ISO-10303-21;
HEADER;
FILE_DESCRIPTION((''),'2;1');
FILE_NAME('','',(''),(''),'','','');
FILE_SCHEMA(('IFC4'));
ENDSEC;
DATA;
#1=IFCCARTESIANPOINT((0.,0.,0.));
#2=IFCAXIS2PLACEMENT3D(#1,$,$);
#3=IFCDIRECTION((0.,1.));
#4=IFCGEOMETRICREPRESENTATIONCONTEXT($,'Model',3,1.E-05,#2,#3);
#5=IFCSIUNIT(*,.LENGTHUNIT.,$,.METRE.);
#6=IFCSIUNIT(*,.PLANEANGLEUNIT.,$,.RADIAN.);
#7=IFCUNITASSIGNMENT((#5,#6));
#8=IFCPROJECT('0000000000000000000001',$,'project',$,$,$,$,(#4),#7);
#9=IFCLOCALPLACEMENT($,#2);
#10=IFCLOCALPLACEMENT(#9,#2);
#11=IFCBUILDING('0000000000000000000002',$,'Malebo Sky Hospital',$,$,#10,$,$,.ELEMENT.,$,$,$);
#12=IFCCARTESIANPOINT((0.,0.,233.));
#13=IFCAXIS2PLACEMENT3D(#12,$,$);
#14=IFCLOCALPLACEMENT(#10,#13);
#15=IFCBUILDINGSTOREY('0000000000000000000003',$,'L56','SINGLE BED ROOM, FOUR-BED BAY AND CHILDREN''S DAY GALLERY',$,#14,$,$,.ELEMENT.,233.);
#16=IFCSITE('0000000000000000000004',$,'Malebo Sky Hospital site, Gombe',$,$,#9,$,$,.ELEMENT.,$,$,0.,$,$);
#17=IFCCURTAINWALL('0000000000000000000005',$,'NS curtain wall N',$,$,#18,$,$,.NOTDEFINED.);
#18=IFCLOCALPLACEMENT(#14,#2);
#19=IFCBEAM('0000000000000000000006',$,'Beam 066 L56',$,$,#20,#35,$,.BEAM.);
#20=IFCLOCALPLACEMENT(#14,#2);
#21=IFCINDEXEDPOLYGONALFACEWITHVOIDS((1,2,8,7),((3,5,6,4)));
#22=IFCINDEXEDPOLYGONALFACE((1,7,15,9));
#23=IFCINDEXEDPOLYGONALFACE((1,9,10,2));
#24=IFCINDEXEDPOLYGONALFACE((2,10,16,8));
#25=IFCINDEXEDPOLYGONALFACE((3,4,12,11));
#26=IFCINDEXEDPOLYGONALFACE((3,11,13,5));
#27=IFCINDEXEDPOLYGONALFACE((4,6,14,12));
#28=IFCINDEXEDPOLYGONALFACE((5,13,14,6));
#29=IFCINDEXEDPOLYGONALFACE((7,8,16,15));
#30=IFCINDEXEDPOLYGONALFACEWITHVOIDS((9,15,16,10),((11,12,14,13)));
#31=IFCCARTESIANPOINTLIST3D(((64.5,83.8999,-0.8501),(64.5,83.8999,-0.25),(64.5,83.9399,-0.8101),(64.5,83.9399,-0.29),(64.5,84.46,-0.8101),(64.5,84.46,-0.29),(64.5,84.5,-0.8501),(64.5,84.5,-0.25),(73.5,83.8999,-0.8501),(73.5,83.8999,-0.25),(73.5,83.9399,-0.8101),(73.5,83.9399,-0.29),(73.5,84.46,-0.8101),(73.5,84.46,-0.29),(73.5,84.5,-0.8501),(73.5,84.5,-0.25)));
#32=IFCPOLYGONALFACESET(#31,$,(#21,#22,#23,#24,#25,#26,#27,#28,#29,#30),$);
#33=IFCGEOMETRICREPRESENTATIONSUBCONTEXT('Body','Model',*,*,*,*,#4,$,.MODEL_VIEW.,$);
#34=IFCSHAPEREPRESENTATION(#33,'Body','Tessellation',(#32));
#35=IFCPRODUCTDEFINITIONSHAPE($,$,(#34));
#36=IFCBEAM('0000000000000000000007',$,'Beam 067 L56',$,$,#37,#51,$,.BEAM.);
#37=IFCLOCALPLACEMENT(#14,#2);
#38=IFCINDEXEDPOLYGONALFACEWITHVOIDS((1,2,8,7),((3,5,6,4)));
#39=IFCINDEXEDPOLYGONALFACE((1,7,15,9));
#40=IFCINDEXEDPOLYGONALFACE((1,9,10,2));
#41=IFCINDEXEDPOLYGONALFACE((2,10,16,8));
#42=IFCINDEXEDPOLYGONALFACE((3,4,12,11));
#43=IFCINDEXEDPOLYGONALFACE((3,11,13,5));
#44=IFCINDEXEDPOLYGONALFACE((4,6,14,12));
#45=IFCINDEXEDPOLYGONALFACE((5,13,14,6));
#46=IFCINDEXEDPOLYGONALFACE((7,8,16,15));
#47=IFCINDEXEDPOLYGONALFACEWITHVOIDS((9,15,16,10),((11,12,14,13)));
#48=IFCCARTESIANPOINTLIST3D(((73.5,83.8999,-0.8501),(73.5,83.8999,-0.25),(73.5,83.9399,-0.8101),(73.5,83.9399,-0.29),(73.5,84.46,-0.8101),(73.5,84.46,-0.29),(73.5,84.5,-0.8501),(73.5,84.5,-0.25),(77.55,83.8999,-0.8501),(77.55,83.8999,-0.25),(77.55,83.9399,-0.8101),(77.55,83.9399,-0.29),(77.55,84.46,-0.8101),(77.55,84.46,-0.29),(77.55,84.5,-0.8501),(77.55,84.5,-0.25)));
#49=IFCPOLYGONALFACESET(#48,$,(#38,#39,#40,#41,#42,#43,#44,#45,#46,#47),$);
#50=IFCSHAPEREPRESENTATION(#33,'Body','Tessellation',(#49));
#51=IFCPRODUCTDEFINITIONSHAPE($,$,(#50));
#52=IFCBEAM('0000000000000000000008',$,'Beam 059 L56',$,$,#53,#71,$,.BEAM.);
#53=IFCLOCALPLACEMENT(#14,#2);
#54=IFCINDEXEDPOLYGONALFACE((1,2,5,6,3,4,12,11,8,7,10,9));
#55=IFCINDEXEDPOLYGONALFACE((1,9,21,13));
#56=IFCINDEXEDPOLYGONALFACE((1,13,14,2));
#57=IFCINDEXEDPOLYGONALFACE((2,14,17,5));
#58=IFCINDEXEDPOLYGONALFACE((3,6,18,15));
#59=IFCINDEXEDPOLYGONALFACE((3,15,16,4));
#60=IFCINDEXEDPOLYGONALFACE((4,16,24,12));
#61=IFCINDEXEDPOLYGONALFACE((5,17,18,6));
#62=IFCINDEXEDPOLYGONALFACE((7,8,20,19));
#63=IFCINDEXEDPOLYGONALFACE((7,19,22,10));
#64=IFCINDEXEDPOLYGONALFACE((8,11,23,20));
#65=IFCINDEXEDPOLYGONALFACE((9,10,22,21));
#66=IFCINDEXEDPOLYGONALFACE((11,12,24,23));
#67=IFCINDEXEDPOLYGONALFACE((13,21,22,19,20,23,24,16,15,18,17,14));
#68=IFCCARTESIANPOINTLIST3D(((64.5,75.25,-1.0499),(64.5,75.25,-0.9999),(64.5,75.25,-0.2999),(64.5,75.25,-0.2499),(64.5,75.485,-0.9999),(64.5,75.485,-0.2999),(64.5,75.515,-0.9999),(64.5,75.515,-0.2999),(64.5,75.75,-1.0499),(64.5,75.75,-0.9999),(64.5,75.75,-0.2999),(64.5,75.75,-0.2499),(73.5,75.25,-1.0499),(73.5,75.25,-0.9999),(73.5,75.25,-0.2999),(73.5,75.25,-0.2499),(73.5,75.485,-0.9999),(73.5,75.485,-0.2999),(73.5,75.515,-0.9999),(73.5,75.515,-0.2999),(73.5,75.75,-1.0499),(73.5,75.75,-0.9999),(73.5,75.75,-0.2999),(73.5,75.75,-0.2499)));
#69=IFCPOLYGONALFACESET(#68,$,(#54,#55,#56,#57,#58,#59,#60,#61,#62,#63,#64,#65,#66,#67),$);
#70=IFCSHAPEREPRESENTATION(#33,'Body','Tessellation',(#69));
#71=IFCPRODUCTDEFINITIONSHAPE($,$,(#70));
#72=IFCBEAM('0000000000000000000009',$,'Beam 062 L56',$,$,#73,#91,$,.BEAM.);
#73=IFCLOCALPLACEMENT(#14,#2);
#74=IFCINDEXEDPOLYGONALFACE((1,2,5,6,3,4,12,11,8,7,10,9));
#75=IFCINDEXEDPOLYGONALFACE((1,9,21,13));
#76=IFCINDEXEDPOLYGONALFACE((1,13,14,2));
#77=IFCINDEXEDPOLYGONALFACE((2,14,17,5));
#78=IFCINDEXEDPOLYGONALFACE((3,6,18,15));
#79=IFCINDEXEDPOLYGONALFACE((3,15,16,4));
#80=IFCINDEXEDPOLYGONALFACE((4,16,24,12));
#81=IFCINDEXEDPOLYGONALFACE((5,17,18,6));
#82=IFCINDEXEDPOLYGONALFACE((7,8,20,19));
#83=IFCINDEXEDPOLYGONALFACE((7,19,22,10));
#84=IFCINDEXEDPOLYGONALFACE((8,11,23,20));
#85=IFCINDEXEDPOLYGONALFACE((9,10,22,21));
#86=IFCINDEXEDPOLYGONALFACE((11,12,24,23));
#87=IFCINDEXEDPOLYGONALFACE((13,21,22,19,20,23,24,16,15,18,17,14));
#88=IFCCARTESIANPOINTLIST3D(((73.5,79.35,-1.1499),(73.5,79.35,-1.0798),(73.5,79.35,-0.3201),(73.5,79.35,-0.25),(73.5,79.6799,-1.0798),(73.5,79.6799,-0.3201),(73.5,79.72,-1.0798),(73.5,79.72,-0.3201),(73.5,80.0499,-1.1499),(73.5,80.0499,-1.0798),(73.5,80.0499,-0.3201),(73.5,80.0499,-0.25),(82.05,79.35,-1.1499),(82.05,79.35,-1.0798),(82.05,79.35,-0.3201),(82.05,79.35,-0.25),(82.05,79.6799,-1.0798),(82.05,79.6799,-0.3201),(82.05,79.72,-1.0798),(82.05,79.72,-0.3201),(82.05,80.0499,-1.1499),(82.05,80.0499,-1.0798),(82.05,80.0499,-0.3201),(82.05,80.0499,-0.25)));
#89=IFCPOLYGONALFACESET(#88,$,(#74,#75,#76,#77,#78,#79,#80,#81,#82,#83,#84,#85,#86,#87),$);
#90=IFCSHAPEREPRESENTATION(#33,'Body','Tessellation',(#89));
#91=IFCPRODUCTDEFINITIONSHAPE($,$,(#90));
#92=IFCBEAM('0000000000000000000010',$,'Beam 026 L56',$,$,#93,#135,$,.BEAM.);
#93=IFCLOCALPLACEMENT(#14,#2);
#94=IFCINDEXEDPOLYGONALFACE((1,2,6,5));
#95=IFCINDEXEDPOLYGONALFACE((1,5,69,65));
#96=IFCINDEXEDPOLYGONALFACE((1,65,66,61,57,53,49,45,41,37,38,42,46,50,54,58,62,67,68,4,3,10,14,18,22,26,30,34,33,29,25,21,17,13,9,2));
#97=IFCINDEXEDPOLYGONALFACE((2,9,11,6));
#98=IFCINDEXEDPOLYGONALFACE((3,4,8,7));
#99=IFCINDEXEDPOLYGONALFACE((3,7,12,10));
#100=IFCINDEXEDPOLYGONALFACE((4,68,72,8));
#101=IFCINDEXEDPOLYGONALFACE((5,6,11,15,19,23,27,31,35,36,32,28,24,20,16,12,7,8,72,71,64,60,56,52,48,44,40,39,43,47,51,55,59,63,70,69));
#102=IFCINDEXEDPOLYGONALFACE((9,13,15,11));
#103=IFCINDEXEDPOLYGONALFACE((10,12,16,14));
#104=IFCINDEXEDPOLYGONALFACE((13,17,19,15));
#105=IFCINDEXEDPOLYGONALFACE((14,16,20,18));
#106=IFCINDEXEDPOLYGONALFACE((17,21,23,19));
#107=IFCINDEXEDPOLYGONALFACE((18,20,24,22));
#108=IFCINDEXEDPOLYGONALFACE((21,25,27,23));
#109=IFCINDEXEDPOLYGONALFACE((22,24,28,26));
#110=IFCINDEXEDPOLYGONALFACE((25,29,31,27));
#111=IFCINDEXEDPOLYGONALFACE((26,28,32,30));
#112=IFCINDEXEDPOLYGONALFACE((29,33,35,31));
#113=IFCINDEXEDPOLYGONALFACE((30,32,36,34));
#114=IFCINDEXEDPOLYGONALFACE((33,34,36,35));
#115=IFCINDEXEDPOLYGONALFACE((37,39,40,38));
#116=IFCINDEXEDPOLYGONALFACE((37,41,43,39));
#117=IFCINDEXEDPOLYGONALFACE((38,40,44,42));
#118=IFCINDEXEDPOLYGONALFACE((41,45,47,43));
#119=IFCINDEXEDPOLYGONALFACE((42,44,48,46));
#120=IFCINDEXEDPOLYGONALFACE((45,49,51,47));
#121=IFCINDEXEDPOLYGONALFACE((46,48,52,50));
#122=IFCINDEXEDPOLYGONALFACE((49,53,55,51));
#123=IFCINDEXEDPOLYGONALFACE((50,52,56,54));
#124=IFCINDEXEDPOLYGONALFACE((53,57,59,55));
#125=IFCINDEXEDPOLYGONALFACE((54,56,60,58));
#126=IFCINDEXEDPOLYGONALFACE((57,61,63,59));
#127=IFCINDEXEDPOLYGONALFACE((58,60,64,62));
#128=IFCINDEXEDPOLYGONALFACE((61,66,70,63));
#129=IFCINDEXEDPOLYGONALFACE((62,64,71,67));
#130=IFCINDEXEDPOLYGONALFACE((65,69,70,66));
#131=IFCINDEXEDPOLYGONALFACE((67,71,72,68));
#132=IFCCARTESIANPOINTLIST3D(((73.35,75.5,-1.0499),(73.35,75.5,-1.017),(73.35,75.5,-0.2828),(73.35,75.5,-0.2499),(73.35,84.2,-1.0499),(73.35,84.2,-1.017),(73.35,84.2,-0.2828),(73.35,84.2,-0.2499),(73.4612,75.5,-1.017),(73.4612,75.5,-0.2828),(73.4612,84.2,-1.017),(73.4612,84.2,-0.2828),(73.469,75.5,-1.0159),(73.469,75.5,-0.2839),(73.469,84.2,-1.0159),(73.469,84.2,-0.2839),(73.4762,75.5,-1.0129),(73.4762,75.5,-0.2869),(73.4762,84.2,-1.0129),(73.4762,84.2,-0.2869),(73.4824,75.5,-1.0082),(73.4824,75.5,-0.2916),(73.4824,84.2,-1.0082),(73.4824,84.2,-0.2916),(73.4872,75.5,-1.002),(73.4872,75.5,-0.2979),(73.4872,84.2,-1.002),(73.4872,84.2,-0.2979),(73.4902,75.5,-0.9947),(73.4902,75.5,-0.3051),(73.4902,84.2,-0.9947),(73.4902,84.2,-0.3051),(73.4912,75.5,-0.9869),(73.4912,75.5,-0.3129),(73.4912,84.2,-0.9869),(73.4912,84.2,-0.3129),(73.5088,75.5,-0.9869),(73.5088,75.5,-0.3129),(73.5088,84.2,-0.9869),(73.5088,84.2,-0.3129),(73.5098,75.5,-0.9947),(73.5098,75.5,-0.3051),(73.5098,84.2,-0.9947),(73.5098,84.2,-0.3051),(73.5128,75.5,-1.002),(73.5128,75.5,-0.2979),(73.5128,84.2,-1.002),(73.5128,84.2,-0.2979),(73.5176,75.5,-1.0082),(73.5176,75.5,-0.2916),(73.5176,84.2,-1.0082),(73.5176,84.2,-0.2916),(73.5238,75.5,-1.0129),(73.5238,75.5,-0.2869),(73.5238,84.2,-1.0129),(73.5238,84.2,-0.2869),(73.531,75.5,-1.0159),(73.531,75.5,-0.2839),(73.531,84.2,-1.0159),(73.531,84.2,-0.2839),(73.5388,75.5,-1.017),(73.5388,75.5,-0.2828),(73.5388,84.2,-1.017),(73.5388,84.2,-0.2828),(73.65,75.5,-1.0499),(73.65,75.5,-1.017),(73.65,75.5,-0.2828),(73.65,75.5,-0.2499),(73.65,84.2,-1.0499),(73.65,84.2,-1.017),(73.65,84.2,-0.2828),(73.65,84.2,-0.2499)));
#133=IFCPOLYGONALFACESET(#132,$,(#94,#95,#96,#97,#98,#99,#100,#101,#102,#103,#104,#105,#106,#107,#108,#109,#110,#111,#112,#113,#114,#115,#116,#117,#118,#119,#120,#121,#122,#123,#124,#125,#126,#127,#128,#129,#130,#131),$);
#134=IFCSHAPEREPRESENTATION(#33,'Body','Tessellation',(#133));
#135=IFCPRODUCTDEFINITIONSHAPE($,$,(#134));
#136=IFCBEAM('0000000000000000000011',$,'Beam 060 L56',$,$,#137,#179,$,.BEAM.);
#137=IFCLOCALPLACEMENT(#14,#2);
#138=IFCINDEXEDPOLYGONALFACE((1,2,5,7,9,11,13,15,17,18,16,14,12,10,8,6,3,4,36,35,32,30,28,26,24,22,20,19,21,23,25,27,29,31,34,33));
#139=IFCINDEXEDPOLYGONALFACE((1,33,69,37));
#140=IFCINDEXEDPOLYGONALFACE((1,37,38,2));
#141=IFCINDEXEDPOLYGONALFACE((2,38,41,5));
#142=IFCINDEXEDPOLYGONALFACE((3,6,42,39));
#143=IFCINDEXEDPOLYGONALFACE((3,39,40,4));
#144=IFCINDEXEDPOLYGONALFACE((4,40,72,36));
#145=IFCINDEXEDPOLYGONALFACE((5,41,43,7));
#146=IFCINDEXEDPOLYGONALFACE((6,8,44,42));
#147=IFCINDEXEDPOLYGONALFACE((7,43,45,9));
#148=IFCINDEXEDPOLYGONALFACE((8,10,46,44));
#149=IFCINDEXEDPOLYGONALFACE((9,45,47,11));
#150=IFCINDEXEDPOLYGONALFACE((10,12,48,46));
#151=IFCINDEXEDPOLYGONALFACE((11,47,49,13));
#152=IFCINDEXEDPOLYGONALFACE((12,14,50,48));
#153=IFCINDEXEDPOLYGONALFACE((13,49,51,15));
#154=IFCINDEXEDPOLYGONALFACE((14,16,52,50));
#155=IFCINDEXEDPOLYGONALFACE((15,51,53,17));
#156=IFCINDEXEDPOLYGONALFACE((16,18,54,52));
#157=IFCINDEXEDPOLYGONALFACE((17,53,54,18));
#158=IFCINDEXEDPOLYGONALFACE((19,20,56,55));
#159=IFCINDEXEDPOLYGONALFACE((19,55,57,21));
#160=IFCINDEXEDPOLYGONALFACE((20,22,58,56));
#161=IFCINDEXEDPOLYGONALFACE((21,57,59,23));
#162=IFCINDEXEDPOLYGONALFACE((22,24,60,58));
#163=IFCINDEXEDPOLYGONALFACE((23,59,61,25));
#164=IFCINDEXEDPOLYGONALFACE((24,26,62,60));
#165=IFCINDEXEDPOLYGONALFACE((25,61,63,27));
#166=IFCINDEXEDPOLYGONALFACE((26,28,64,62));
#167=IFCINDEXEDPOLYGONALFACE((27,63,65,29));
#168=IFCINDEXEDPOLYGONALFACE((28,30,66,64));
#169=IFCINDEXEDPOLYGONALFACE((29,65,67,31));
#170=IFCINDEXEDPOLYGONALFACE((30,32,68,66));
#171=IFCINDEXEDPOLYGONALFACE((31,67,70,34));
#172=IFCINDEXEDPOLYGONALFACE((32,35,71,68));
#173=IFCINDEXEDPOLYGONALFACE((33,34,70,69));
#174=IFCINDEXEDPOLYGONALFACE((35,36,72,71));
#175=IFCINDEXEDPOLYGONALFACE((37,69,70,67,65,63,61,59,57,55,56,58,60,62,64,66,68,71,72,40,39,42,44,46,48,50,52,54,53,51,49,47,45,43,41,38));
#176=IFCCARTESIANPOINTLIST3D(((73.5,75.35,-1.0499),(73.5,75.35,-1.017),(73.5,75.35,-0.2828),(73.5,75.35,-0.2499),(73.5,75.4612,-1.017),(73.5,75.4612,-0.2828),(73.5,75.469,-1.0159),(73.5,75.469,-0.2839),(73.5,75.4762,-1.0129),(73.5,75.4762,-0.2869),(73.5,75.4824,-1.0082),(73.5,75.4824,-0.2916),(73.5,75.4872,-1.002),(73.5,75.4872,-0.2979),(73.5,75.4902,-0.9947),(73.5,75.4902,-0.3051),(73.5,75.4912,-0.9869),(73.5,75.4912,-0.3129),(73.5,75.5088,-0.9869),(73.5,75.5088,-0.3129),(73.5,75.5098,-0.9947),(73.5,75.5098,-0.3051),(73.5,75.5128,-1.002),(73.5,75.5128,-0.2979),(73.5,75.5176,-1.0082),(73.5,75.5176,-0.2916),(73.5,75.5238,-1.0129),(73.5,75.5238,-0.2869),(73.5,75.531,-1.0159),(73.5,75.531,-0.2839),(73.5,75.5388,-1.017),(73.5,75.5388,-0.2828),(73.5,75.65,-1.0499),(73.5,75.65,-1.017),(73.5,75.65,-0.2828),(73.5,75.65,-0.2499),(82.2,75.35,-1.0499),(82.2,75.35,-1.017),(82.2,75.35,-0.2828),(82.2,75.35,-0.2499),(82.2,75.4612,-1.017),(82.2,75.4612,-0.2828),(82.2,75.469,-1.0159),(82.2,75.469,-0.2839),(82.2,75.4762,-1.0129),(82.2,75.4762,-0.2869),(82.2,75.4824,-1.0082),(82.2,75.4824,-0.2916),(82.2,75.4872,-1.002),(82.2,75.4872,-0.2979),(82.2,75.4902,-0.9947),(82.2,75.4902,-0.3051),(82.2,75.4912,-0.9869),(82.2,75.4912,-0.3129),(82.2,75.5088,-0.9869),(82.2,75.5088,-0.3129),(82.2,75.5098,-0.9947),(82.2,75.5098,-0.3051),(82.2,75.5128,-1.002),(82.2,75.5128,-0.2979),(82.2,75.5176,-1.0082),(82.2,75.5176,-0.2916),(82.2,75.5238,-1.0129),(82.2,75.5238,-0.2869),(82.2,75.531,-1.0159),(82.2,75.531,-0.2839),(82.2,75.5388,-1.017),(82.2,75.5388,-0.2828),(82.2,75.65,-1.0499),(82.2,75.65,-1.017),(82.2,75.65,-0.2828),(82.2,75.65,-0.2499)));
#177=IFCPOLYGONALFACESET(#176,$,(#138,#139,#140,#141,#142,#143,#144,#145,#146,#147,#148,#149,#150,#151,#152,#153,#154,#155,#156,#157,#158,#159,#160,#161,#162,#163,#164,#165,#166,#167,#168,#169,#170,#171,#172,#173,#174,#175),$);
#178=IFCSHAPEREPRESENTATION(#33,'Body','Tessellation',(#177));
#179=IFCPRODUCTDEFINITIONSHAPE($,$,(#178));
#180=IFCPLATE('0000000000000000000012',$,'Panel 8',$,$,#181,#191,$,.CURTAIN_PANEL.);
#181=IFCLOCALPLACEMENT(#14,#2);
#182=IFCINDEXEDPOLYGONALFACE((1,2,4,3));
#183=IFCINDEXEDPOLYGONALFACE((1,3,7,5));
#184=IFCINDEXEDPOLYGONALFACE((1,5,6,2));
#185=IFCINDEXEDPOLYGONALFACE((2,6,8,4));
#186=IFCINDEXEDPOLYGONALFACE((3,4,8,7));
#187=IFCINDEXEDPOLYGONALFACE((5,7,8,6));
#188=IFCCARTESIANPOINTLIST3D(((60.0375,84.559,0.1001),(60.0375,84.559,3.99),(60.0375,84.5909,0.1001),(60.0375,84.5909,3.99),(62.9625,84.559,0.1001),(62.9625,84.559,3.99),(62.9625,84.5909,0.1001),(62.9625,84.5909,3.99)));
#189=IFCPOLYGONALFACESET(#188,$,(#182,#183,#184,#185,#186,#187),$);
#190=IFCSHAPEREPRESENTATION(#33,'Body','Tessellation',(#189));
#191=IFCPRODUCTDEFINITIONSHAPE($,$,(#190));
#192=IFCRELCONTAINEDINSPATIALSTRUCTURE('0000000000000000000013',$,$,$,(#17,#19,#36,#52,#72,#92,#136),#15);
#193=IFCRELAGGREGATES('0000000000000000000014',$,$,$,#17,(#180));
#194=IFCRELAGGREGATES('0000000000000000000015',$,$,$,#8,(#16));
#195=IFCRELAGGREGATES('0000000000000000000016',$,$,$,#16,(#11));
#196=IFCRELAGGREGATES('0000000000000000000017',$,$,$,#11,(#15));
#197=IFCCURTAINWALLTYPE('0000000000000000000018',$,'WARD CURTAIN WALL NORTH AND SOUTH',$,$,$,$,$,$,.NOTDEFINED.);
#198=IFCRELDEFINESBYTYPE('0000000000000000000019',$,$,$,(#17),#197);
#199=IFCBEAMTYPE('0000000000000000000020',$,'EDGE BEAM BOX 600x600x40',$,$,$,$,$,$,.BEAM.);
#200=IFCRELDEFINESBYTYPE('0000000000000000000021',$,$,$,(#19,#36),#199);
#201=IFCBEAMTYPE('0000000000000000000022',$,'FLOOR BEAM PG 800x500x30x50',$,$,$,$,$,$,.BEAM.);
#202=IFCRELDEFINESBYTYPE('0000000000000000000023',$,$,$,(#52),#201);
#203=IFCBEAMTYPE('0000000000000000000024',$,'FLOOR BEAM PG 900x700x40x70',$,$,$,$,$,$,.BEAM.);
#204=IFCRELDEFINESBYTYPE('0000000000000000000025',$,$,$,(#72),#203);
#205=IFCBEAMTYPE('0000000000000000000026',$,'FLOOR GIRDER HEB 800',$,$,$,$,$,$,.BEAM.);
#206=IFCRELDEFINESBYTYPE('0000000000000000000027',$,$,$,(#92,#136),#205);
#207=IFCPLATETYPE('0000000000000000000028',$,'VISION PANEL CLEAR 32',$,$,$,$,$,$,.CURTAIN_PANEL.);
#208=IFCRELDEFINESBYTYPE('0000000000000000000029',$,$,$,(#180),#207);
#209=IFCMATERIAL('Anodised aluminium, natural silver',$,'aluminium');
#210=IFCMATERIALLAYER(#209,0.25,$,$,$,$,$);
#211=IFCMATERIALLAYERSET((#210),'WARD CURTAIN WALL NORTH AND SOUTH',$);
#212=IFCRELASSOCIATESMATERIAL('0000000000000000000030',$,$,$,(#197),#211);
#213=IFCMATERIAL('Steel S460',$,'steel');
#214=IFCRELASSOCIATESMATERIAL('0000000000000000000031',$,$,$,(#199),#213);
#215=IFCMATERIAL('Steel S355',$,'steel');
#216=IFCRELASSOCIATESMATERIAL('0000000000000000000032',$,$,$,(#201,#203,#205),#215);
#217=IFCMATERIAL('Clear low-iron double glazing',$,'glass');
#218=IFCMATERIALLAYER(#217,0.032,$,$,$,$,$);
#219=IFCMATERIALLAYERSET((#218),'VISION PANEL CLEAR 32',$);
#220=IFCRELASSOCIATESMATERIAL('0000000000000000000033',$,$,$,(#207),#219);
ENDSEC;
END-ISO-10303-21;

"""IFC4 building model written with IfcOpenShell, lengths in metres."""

from ifc_helpers import new_model, si_unit, direction, frame, origin, origin_2d, place, context, subcontext, project, spatial, rectangle, hollow_rectangle, i_section, extrude, material, layer, layer_set, material_profile, profile_set, type_object, element, aggregate, save


model = new_model("IFC4")

# Units and contexts
model_context = context("Model", 3, precision=1e-05, world=origin(), true_north=direction((0.0, 1.0)))
body_context = subcontext(model_context, "Body", "Model", "MODEL_VIEW")
ifc_project = project(units=[si_unit("LENGTHUNIT", "METRE"), si_unit("PLANEANGLEUNIT", "RADIAN")], contexts=[model_context])

# Site, building, storey
site_placement = place(None, origin())
site = spatial("IfcSite", under=ifc_project, at=site_placement, Name="Malebo Sky Hospital site, Gombe", CompositionType="ELEMENT", RefElevation=0.0)
building_placement = place(site_placement, origin())
building = spatial("IfcBuilding", under=site, at=building_placement, Name="Malebo Sky Hospital", CompositionType="ELEMENT")
storey_placement = place(building_placement, frame((0.0, 0.0, 233.0)))
storey = spatial("IfcBuildingStorey", under=building, at=storey_placement, Name="L56", Description="SINGLE BED ROOM, FOUR-BED BAY AND CHILDREN'S DAY GALLERY", CompositionType="ELEMENT", Elevation=233.0)

# Shared definitions
ifc_material_1 = material(Name="Steel S460", Category="steel")

# Curtain wall
ifc_material_2 = material(Name="Anodised aluminium, natural silver", Category="aluminium")
ifc_layer_1 = layer(ifc_material_2, 0.25)
ifc_layer_set_1 = layer_set([ifc_layer_1], Name="WARD CURTAIN WALL NORTH AND SOUTH")
curtain_wall_type = type_object("IfcCurtainWallType", Name="WARD CURTAIN WALL NORTH AND SOUTH", PredefinedType="NOTDEFINED", material=ifc_layer_set_1)
curtain_wall_placement = place(storey_placement, origin())
curtain_wall = element("IfcCurtainWall", 1, at=curtain_wall_placement, inside=storey, type_object=curtain_wall_type, Name="NS curtain wall N", PredefinedType="NOTDEFINED")

# Shared definitions
ifc_material_3 = material(Name="Steel S355", Category="steel")

# Beams
ifc_material_profile_1 = material_profile(ifc_material_1, hollow_rectangle(XDim=0.6001, YDim=0.6001, WallThickness=0.04, at=origin_2d()), Name="BOX 600x600x40")
ifc_profile_set_1 = profile_set([ifc_material_profile_1], Name="Steel S460")
beam_type_1 = type_object("IfcBeamType", Name="EDGE BEAM BOX 600x600x40", PredefinedType="BEAM", material=ifc_profile_set_1)
beam_1_placement = place(storey_placement, frame((64.5, 84.2, -0.55), z_axis=(1.0, 0.0, 0.0), x_axis=(0.0, 1.0, 0.0)))
element("IfcBeam", 2, at=beam_1_placement, inside=storey, type_object=beam_type_1, Name="Beam 066 L56", PredefinedType="BEAM", context=body_context, shape_type="SweptSolid", body=[
    extrude(hollow_rectangle(XDim=0.6001, YDim=0.6001, WallThickness=0.04, at=origin_2d()), origin(), (0.0, 0.0, 1.0), 9.0),
])
beam_2_placement = place(storey_placement, frame((73.5, 84.2, -0.55), z_axis=(1.0, 0.0, 0.0), x_axis=(0.0, 1.0, 0.0)))
element("IfcBeam", 3, at=beam_2_placement, inside=storey, type_object=beam_type_1, Name="Beam 067 L56", PredefinedType="BEAM", context=body_context, shape_type="SweptSolid", body=[
    extrude(hollow_rectangle(XDim=0.6001, YDim=0.6001, WallThickness=0.04, at=origin_2d()), origin(), (0.0, 0.0, 1.0), 4.05),
])
ifc_material_profile_2 = material_profile(ifc_material_3, i_section(OverallWidth=0.5, OverallDepth=0.8, WebThickness=0.03, FlangeThickness=0.05, at=origin_2d()), Name="PG 800x500x30x50")
ifc_profile_set_2 = profile_set([ifc_material_profile_2], Name="Steel S355")
beam_type_2 = type_object("IfcBeamType", Name="FLOOR BEAM PG 800x500x30x50", PredefinedType="BEAM", material=ifc_profile_set_2)
beam_3_placement = place(storey_placement, frame((64.5, 75.5, -0.6499), z_axis=(1.0, 0.0, 0.0), x_axis=(0.0, 1.0, 0.0)))
element("IfcBeam", 4, at=beam_3_placement, inside=storey, type_object=beam_type_2, Name="Beam 059 L56", PredefinedType="BEAM", context=body_context, shape_type="SweptSolid", body=[
    extrude(i_section(OverallWidth=0.5, OverallDepth=0.8, WebThickness=0.03, FlangeThickness=0.05, at=origin_2d()), origin(), (0.0, 0.0, 1.0), 9.0),
])
ifc_material_profile_3 = material_profile(ifc_material_3, i_section(OverallWidth=0.7, OverallDepth=0.8999, WebThickness=0.04, FlangeThickness=0.0701, at=origin_2d()), Name="PG 900x700x40x70")
ifc_profile_set_3 = profile_set([ifc_material_profile_3], Name="Steel S355")
beam_type_3 = type_object("IfcBeamType", Name="FLOOR BEAM PG 900x700x40x70", PredefinedType="BEAM", material=ifc_profile_set_3)
beam_4_placement = place(storey_placement, frame((73.5, 79.7, -0.7), z_axis=(1.0, 0.0, 0.0), x_axis=(0.0, 1.0, 0.0)))
element("IfcBeam", 5, at=beam_4_placement, inside=storey, type_object=beam_type_3, Name="Beam 062 L56", PredefinedType="BEAM", context=body_context, shape_type="SweptSolid", body=[
    extrude(i_section(OverallWidth=0.7, OverallDepth=0.8999, WebThickness=0.04, FlangeThickness=0.0701, at=origin_2d()), origin(), (0.0, 0.0, 1.0), 8.55),
])
ifc_material_profile_4 = material_profile(ifc_material_3, i_section(OverallWidth=0.3, OverallDepth=0.8, WebThickness=0.0176, FlangeThickness=0.033, FilletRadius=0.03, at=origin_2d()), Name="HEB 800")
ifc_profile_set_4 = profile_set([ifc_material_profile_4], Name="Steel S355")
beam_type_4 = type_object("IfcBeamType", Name="FLOOR GIRDER HEB 800", PredefinedType="BEAM", material=ifc_profile_set_4)
for number, where, z_axis, x_axis, name in (
    (6, (73.5, 75.5, -0.6499), (0.0, 1.0, 0.0), (-1.0, 0.0, 0.0), "Beam 026 L56"),
    (7, (73.5, 75.5, -0.6499), (1.0, 0.0, 0.0), (0.0, 1.0, 0.0), "Beam 060 L56"),
):
    element("IfcBeam", number, at=place(storey_placement, frame(where, z_axis=z_axis, x_axis=x_axis)), inside=storey, type_object=beam_type_4, Name=name, PredefinedType="BEAM", context=body_context, shape_type="SweptSolid", body=[
        extrude(i_section(OverallWidth=0.3, OverallDepth=0.8, WebThickness=0.0176, FlangeThickness=0.033, FilletRadius=0.03, at=origin_2d()), origin(), (0.0, 0.0, 1.0), 8.7),
    ])

# Plate
ifc_material_4 = material(Name="Clear low-iron double glazing", Category="glass")
ifc_layer_2 = layer(ifc_material_4, 0.032)
ifc_layer_set_2 = layer_set([ifc_layer_2], Name="VISION PANEL CLEAR 32")
plate_type = type_object("IfcPlateType", Name="VISION PANEL CLEAR 32", PredefinedType="CURTAIN_PANEL", material=ifc_layer_set_2)
plate_1_placement = place(storey_placement, frame((61.5, 84.575, 0.1001), z_axis=(0.0, 0.0, 1.0), x_axis=(1.0, 0.0, 0.0)))
plate_1 = element("IfcPlate", 8, at=plate_1_placement, type_object=plate_type, Name="Panel 8", PredefinedType="CURTAIN_PANEL", context=body_context, shape_type="SweptSolid", body=[
    extrude(rectangle(XDim=2.925, YDim=0.032, at=origin_2d()), origin(), (0.0, 0.0, 1.0), 3.8899),
])
aggregate(curtain_wall, [plate_1])

save(model, "model.ifc")
